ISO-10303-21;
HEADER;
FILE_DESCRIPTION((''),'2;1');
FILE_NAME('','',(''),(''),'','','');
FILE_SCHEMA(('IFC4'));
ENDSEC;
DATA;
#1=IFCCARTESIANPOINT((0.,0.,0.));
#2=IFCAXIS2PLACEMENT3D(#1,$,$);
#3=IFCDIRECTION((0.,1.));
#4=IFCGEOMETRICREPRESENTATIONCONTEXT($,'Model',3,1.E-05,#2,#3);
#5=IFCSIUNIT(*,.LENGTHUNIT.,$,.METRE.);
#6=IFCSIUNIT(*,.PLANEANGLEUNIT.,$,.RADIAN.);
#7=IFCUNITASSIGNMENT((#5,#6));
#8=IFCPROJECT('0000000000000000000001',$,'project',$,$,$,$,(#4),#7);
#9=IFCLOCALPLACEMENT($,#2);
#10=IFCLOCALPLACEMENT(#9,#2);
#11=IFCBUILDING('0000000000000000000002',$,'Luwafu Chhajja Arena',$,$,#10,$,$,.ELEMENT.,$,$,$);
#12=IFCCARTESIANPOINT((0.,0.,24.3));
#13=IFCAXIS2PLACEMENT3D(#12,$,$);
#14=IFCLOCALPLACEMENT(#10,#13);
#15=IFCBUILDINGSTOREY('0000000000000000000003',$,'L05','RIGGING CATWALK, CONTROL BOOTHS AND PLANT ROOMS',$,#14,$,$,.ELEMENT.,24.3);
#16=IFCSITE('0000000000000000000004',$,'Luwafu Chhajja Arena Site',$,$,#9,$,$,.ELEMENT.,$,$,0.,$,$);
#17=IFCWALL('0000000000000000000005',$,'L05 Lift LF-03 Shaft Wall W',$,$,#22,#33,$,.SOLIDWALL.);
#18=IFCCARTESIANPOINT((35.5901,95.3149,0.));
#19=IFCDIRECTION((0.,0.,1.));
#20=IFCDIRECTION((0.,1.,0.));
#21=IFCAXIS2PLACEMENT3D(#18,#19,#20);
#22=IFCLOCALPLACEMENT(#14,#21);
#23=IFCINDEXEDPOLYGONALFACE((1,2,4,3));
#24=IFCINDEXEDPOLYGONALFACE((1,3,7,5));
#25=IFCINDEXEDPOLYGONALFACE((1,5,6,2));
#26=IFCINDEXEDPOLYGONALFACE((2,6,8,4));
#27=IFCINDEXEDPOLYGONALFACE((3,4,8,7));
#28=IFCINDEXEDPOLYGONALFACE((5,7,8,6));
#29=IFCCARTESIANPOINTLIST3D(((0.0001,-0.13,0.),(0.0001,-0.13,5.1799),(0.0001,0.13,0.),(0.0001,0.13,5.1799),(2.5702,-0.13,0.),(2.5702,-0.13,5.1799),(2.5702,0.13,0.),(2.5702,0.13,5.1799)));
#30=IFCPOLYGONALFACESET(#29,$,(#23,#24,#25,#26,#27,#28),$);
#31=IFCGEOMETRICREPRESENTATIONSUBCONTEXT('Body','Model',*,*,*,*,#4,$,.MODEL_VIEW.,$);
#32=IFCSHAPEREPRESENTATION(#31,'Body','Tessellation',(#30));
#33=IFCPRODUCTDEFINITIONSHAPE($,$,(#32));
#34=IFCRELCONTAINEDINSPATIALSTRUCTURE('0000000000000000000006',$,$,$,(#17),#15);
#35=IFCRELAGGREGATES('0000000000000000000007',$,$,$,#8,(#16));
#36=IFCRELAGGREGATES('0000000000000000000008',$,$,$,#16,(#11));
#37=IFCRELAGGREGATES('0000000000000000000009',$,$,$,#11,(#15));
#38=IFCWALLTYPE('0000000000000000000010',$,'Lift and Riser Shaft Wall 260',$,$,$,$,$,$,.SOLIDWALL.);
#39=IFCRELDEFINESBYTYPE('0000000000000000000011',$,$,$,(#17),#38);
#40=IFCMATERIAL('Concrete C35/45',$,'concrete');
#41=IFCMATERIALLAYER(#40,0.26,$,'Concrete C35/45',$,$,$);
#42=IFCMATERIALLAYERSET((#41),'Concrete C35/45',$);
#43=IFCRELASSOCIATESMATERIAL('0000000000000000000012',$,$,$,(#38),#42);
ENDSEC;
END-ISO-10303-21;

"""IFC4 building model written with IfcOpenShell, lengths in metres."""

from ifc_helpers import new_model, si_unit, direction, frame, frame_2d, origin, place, context, subcontext, project, spatial, rectangle, extrude, material, layer, layer_set, type_object, element, save


model = new_model("IFC4")

# Units and contexts
model_context = context("Model", 3, precision=1e-05, world=origin(), true_north=direction((0.0, 1.0)))
body_context = subcontext(model_context, "Body", "Model", "MODEL_VIEW")
ifc_project = project(units=[si_unit("LENGTHUNIT", "METRE"), si_unit("PLANEANGLEUNIT", "RADIAN")], contexts=[model_context])

# Site, building, storey
site_placement = place(None, origin())
site = spatial("IfcSite", under=ifc_project, at=site_placement, Name="Luwafu Chhajja Arena Site", CompositionType="ELEMENT", RefElevation=0.0)
building_placement = place(site_placement, origin())
building = spatial("IfcBuilding", under=site, at=building_placement, Name="Luwafu Chhajja Arena", CompositionType="ELEMENT")
storey_placement = place(building_placement, frame((0.0, 0.0, 24.3)))
storey = spatial("IfcBuildingStorey", under=building, at=storey_placement, Name="L05", Description="RIGGING CATWALK, CONTROL BOOTHS AND PLANT ROOMS", CompositionType="ELEMENT", Elevation=24.3)

# Shared definitions
ifc_material_1 = material(Name="Concrete C35/45", Category="concrete")

# Shared definitions
ifc_layer_1 = layer(ifc_material_1, 0.26, Name="Concrete C35/45")
ifc_layer_set_1 = layer_set([ifc_layer_1], Name="Concrete C35/45")
wall_type_1 = type_object("IfcWallType", Name="Lift and Riser Shaft Wall 260", PredefinedType="SOLIDWALL", material=ifc_layer_set_1)

# Wall
wall_1_placement = place(storey_placement, frame((35.5901, 95.3149, 0.0), z_axis=(0.0, 0.0, 1.0), x_axis=(0.0, 1.0, 0.0)))
element("IfcWall", 1, at=wall_1_placement, inside=storey, type_object=wall_type_1, Name="L05 Lift LF-03 Shaft Wall W", PredefinedType="SOLIDWALL", context=body_context, shape_type="SweptSolid", body=[
    extrude(rectangle(XDim=2.5701, YDim=0.26, at=frame_2d((1.2852, 0.0))), origin(), (0.0, 0.0, 1.0), 5.1799),
])

save(model, "model.ifc")
